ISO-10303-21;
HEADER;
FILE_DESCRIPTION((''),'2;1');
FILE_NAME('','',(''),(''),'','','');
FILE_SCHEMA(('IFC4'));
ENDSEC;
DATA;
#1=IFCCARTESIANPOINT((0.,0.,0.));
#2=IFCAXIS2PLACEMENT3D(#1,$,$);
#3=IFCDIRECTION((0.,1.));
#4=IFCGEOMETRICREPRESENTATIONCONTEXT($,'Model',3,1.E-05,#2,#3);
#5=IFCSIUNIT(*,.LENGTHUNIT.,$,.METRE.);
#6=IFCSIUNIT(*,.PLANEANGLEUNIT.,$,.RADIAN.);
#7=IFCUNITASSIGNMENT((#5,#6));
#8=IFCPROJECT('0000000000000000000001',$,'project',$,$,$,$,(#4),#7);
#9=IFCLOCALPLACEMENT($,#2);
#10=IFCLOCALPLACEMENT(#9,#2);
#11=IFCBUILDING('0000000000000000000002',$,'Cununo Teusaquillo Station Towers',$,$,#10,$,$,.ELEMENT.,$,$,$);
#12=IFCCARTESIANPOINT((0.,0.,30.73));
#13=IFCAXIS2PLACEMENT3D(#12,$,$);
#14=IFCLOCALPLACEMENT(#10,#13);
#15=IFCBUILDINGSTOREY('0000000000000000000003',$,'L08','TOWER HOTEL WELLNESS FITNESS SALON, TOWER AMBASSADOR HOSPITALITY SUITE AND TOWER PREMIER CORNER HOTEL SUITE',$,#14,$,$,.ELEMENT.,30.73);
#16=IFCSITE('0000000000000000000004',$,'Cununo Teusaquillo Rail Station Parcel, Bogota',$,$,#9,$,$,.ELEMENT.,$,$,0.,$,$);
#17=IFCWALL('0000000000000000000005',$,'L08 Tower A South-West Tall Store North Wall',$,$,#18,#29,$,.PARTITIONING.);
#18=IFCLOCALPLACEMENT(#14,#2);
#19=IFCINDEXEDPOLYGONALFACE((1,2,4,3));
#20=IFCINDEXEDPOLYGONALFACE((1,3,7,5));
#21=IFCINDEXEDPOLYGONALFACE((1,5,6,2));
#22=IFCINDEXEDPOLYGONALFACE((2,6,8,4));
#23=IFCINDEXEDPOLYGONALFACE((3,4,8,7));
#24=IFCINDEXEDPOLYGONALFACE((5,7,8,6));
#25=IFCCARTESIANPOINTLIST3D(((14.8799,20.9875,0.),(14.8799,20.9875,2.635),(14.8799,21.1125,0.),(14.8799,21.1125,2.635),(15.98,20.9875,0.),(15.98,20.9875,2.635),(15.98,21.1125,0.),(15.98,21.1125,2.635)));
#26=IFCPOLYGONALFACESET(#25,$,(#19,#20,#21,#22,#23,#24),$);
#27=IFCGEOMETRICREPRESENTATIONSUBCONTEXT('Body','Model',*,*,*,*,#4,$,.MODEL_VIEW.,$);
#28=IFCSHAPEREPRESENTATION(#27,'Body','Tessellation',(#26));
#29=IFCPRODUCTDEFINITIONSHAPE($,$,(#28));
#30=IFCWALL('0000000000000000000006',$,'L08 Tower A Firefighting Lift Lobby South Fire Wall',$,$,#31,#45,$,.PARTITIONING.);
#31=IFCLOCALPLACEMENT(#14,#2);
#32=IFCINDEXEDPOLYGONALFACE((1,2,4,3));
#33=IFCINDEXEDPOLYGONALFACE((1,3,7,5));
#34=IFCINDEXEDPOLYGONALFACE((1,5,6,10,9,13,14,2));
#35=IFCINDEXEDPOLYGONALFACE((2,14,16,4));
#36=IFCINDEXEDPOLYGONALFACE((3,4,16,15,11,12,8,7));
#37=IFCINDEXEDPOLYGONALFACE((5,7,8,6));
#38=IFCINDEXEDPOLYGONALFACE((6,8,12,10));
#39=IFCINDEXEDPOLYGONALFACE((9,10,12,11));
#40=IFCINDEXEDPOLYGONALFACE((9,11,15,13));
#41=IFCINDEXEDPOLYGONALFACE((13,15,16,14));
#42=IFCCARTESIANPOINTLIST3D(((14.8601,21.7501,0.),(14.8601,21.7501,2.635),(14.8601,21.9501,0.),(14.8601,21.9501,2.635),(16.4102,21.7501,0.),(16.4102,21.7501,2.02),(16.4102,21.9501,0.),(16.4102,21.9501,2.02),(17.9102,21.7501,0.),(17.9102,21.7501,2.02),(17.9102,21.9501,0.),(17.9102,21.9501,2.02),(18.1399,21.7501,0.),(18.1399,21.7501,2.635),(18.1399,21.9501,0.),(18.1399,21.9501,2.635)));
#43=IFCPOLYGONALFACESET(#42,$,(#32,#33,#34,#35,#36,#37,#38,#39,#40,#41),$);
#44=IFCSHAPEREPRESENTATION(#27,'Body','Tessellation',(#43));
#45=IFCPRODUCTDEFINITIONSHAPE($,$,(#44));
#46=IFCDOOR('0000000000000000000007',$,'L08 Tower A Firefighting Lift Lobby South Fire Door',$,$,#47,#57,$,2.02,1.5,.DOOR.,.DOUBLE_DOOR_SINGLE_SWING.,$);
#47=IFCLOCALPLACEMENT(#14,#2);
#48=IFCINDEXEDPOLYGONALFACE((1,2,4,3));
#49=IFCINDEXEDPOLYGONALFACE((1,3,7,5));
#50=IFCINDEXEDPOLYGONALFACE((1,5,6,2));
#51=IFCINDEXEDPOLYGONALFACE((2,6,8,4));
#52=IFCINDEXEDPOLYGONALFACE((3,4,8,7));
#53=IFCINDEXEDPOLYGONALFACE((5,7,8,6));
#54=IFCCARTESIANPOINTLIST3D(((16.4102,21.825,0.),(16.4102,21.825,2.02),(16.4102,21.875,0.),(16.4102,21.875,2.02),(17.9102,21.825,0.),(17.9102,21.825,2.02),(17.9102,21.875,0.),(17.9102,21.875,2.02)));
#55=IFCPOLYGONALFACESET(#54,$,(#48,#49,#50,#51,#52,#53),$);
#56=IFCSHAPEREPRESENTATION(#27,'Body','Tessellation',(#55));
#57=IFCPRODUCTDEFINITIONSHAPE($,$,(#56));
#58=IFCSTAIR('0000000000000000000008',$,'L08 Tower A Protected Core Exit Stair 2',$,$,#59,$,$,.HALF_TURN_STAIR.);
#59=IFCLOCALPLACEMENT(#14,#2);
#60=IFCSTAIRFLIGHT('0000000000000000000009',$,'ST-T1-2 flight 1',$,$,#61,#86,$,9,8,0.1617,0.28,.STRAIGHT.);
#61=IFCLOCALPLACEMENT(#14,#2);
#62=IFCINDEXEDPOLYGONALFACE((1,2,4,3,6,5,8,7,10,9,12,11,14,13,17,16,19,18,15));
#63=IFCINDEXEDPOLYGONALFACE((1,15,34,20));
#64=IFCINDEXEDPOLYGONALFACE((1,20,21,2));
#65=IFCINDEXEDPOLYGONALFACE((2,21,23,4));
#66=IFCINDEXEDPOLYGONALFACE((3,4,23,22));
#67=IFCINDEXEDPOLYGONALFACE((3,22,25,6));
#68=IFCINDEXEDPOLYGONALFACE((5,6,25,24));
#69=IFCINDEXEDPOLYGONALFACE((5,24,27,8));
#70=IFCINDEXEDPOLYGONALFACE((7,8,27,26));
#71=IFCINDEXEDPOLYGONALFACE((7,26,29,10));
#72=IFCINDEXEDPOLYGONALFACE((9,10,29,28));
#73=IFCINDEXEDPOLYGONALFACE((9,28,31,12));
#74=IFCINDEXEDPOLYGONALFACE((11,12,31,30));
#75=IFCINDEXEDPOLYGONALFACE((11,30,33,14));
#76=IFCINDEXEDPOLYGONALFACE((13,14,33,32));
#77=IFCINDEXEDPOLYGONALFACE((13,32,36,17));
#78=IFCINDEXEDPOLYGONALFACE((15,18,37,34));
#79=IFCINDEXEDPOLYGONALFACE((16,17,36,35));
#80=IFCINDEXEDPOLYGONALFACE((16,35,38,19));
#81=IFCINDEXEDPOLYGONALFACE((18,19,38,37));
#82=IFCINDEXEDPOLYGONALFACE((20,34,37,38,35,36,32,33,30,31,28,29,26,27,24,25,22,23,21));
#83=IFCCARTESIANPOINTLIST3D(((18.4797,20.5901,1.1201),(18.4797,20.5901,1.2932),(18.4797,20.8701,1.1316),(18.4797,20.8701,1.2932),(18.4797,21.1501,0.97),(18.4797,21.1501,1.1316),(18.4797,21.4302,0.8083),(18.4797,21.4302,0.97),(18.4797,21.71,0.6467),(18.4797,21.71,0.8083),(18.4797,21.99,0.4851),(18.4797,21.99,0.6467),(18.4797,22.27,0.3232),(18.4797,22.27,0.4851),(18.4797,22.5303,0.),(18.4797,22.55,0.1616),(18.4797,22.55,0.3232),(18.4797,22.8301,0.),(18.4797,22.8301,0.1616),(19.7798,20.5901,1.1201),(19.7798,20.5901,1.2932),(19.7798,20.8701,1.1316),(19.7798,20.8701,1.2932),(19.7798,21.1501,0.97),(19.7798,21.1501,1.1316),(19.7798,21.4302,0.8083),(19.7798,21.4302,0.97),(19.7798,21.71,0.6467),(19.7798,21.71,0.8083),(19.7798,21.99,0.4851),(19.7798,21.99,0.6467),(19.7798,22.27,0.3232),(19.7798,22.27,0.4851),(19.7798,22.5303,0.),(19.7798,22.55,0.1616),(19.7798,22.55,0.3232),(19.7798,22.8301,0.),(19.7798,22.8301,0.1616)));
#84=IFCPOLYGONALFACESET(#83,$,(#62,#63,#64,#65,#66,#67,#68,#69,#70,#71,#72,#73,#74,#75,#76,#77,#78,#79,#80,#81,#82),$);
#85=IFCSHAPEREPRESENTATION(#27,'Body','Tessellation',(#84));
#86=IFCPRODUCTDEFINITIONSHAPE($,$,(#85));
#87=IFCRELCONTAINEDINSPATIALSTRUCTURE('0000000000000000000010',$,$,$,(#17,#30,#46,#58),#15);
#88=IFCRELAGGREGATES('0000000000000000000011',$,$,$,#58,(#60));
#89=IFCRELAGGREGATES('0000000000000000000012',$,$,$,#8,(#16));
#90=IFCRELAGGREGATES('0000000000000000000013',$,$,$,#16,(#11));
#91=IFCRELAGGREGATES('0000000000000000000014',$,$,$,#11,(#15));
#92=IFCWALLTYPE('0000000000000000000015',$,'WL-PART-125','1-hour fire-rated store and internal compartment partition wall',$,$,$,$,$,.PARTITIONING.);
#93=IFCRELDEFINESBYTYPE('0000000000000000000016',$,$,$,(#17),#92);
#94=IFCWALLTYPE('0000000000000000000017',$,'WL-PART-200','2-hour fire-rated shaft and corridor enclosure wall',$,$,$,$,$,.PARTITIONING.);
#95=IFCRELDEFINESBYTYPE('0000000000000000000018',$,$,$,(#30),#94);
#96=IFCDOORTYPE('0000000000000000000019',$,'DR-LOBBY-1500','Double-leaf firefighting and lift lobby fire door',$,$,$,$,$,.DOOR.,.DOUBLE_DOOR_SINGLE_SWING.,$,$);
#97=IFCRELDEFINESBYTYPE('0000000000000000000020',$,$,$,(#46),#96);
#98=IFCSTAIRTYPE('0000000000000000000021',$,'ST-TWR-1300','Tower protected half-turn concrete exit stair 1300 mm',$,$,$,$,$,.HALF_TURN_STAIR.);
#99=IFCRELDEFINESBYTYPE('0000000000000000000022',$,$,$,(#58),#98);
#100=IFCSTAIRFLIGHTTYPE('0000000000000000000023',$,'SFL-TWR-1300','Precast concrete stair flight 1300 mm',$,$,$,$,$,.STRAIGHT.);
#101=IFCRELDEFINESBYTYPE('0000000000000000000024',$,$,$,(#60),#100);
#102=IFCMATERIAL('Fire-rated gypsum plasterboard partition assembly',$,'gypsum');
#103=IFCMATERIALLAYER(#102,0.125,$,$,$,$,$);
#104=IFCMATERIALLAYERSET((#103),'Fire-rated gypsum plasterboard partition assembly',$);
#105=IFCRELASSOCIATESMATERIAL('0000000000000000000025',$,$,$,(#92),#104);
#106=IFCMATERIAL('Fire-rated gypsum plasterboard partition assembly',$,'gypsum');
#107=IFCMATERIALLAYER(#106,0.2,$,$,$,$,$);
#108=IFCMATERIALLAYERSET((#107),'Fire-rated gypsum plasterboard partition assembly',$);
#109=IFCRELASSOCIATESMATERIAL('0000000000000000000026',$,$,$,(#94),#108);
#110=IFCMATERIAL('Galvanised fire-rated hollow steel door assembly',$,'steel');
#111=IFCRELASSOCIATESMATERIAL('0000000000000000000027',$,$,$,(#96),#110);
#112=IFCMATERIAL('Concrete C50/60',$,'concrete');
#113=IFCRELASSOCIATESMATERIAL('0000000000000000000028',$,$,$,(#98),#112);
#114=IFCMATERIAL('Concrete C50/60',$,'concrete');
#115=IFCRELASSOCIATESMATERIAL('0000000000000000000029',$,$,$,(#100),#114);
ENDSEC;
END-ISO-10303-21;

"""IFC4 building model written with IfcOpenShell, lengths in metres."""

from ifc_helpers import new_model, si_unit, direction, frame, frame_2d, origin, place, context, subcontext, project, spatial, polyline, rectangle, outline, extrude, source, transform, mapped, material, layer, layer_set, type_object, element, fill, aggregate, save


model = new_model("IFC4")

# Units and contexts
model_context = context("Model", 3, precision=1e-05, world=origin(), true_north=direction((0.0, 1.0)))
body_context = subcontext(model_context, "Body", "Model", "MODEL_VIEW")
ifc_project = project(units=[si_unit("LENGTHUNIT", "METRE"), si_unit("PLANEANGLEUNIT", "RADIAN")], contexts=[model_context])

# Site, building, storey
site_placement = place(None, origin())
site = spatial("IfcSite", under=ifc_project, at=site_placement, Name="Cununo Teusaquillo Rail Station Parcel, Bogota", CompositionType="ELEMENT", RefElevation=0.0)
building_placement = place(site_placement, origin())
building = spatial("IfcBuilding", under=site, at=building_placement, Name="Cununo Teusaquillo Station Towers", CompositionType="ELEMENT")
storey_placement = place(building_placement, frame((0.0, 0.0, 30.73)))
storey = spatial("IfcBuildingStorey", under=building, at=storey_placement, Name="L08", Description="TOWER HOTEL WELLNESS FITNESS SALON, TOWER AMBASSADOR HOSPITALITY SUITE AND TOWER PREMIER CORNER HOTEL SUITE", CompositionType="ELEMENT", Elevation=30.73)

# Shared definitions
ifc_material_1 = material(Name="Fire-rated gypsum plasterboard partition assembly", Category="gypsum")
ifc_layer_1 = layer(ifc_material_1, 0.125)
ifc_layer_set_1 = layer_set([ifc_layer_1], Name="Fire-rated gypsum plasterboard partition assembly")
wall_type_1 = type_object("IfcWallType", Name="WL-PART-125", Description="1-hour fire-rated store and internal compartment partition wall", PredefinedType="PARTITIONING", material=ifc_layer_set_1)

# Wall
wall_1_placement = place(storey_placement, frame((14.8799, 21.05, 0.0), z_axis=(0.0, 0.0, 1.0), x_axis=(1.0, 0.0, 0.0)))
element("IfcWall", 1, at=wall_1_placement, inside=storey, type_object=wall_type_1, Name="L08 Tower A South-West Tall Store North Wall", PredefinedType="PARTITIONING", context=body_context, shape_type="SweptSolid", body=[
    extrude(rectangle(XDim=1.1001, YDim=0.125, at=frame_2d((0.55, 0.0))), origin(), (0.0, 0.0, 1.0), 2.635),
])

# Wall, opening, door
ifc_material_2 = material(Name="Fire-rated gypsum plasterboard partition assembly", Category="gypsum")
ifc_layer_2 = layer(ifc_material_2, 0.2)
ifc_layer_set_2 = layer_set([ifc_layer_2], Name="Fire-rated gypsum plasterboard partition assembly")
wall_type_2 = type_object("IfcWallType", Name="WL-PART-200", Description="2-hour fire-rated shaft and corridor enclosure wall", PredefinedType="PARTITIONING", material=ifc_layer_set_2)
wall_2_placement = place(storey_placement, frame((14.8601, 21.8501, 0.0), z_axis=(0.0, 0.0, 1.0), x_axis=(1.0, 0.0, 0.0)))
wall_2 = element("IfcWall", 2, at=wall_2_placement, inside=storey, type_object=wall_type_2, Name="L08 Tower A Firefighting Lift Lobby South Fire Wall", PredefinedType="PARTITIONING", context=body_context, shape_type="SweptSolid", body=[
    extrude(rectangle(XDim=3.2798, YDim=0.2, at=frame_2d((1.6399, 0.0))), origin(), (0.0, 0.0, 1.0), 2.635),
])
shared_shape_1 = source(origin(), body_context, "Body", "SweptSolid", [
    extrude(rectangle(XDim=1.5, YDim=2.02, at=frame_2d((0.75, 1.01))), frame((0.0, 0.1099, 0.0), z_axis=(0.0, -1.0, 0.0), x_axis=(1.0, 0.0, 0.0)), (0.0, 0.0, 1.0), 0.22),
])
opening_1_placement = place(wall_2_placement, frame((1.55, 0.0, 0.0)))
opening_1 = element("IfcOpeningElement", 3, at=opening_1_placement, cuts=wall_2, PredefinedType="OPENING", context=body_context, shape_type="MappedRepresentation", body=[
    mapped(shared_shape_1, transform((0.0, 0.0, 0.0), x_axis=(1.0, 0.0, 0.0), y_axis=(0.0, 1.0, 0.0), z_axis=(0.0, 0.0, 1.0), scale=1.0)),
])
ifc_material_3 = material(Name="Galvanised fire-rated hollow steel door assembly", Category="steel")
door_type_1 = type_object("IfcDoorType", Name="DR-LOBBY-1500", Description="Double-leaf firefighting and lift lobby fire door", OperationType="DOUBLE_DOOR_SINGLE_SWING", PredefinedType="DOOR", material=ifc_material_3)
shared_shape_2 = source(origin(), body_context, "Body", "SweptSolid", [
    extrude(rectangle(XDim=1.5, YDim=2.02, at=frame_2d((0.75, 1.01))), frame((0.0, 0.0249, 0.0), z_axis=(0.0, -1.0, 0.0), x_axis=(1.0, 0.0, 0.0)), (0.0, 0.0, 1.0), 0.05),
])
door_1_placement = place(opening_1_placement, origin())
door_1 = element("IfcDoor", 4, at=door_1_placement, inside=storey, type_object=door_type_1, Name="L08 Tower A Firefighting Lift Lobby South Fire Door", OperationType="DOUBLE_DOOR_SINGLE_SWING", OverallHeight=2.02, OverallWidth=1.5, PredefinedType="DOOR", context=body_context, shape_type="MappedRepresentation", body=[
    mapped(shared_shape_2, transform((0.0, 0.0, 0.0), x_axis=(1.0, 0.0, 0.0), y_axis=(0.0, 1.0, 0.0), z_axis=(0.0, 0.0, 1.0), scale=1.0)),
])
fill(opening_1, door_1)

# Stair, stair flight
ifc_material_4 = material(Name="Concrete C50/60", Category="concrete")
stair_type = type_object("IfcStairType", Name="ST-TWR-1300", Description="Tower protected half-turn concrete exit stair 1300 mm", PredefinedType="HALF_TURN_STAIR", material=ifc_material_4)
stair_placement = place(storey_placement, origin())
stair = element("IfcStair", 5, at=stair_placement, inside=storey, type_object=stair_type, Name="L08 Tower A Protected Core Exit Stair 2", PredefinedType="HALF_TURN_STAIR")
ifc_material_5 = material(Name="Concrete C50/60", Category="concrete")
stair_flight_type = type_object("IfcStairFlightType", Name="SFL-TWR-1300", Description="Precast concrete stair flight 1300 mm", PredefinedType="STRAIGHT", material=ifc_material_5)
stair_flight_placement = place(storey_placement, frame((19.1299, 22.8301, 0.0), z_axis=(0.0, 0.0, 1.0), x_axis=(0.0, -1.0, 0.0)))
stair_flight = element("IfcStairFlight", 6, at=stair_flight_placement, type_object=stair_flight_type, Name="ST-T1-2 flight 1", NumberOfRisers=9, NumberOfTreads=8, PredefinedType="STRAIGHT", RiserHeight=0.1617, TreadLength=0.28, context=body_context, shape_type="SweptSolid", body=[
    extrude(outline(polyline([(0.0, 0.0), (0.0, 0.1616), (0.28, 0.1616), (0.28, 0.3232), (0.5601, 0.3232), (0.5601, 0.4851), (0.8401, 0.4851), (0.8401, 0.6467), (1.1201, 0.6467), (1.1201, 0.8083), (1.3999, 0.8083), (1.3999, 0.97), (1.6799, 0.97), (1.6799, 1.1316), (1.96, 1.1316), (1.96, 1.2932), (2.24, 1.2932), (2.24, 1.4551), (2.24, 1.1201), (0.2998, 0.0), (0.0, 0.0)])), frame((0.0, 0.6499, 0.0), z_axis=(0.0, -1.0, 0.0), x_axis=(1.0, 0.0, 0.0)), (0.0, 0.0, 1.0), 1.3),
])
aggregate(stair, [stair_flight])

save(model, "model.ifc")
